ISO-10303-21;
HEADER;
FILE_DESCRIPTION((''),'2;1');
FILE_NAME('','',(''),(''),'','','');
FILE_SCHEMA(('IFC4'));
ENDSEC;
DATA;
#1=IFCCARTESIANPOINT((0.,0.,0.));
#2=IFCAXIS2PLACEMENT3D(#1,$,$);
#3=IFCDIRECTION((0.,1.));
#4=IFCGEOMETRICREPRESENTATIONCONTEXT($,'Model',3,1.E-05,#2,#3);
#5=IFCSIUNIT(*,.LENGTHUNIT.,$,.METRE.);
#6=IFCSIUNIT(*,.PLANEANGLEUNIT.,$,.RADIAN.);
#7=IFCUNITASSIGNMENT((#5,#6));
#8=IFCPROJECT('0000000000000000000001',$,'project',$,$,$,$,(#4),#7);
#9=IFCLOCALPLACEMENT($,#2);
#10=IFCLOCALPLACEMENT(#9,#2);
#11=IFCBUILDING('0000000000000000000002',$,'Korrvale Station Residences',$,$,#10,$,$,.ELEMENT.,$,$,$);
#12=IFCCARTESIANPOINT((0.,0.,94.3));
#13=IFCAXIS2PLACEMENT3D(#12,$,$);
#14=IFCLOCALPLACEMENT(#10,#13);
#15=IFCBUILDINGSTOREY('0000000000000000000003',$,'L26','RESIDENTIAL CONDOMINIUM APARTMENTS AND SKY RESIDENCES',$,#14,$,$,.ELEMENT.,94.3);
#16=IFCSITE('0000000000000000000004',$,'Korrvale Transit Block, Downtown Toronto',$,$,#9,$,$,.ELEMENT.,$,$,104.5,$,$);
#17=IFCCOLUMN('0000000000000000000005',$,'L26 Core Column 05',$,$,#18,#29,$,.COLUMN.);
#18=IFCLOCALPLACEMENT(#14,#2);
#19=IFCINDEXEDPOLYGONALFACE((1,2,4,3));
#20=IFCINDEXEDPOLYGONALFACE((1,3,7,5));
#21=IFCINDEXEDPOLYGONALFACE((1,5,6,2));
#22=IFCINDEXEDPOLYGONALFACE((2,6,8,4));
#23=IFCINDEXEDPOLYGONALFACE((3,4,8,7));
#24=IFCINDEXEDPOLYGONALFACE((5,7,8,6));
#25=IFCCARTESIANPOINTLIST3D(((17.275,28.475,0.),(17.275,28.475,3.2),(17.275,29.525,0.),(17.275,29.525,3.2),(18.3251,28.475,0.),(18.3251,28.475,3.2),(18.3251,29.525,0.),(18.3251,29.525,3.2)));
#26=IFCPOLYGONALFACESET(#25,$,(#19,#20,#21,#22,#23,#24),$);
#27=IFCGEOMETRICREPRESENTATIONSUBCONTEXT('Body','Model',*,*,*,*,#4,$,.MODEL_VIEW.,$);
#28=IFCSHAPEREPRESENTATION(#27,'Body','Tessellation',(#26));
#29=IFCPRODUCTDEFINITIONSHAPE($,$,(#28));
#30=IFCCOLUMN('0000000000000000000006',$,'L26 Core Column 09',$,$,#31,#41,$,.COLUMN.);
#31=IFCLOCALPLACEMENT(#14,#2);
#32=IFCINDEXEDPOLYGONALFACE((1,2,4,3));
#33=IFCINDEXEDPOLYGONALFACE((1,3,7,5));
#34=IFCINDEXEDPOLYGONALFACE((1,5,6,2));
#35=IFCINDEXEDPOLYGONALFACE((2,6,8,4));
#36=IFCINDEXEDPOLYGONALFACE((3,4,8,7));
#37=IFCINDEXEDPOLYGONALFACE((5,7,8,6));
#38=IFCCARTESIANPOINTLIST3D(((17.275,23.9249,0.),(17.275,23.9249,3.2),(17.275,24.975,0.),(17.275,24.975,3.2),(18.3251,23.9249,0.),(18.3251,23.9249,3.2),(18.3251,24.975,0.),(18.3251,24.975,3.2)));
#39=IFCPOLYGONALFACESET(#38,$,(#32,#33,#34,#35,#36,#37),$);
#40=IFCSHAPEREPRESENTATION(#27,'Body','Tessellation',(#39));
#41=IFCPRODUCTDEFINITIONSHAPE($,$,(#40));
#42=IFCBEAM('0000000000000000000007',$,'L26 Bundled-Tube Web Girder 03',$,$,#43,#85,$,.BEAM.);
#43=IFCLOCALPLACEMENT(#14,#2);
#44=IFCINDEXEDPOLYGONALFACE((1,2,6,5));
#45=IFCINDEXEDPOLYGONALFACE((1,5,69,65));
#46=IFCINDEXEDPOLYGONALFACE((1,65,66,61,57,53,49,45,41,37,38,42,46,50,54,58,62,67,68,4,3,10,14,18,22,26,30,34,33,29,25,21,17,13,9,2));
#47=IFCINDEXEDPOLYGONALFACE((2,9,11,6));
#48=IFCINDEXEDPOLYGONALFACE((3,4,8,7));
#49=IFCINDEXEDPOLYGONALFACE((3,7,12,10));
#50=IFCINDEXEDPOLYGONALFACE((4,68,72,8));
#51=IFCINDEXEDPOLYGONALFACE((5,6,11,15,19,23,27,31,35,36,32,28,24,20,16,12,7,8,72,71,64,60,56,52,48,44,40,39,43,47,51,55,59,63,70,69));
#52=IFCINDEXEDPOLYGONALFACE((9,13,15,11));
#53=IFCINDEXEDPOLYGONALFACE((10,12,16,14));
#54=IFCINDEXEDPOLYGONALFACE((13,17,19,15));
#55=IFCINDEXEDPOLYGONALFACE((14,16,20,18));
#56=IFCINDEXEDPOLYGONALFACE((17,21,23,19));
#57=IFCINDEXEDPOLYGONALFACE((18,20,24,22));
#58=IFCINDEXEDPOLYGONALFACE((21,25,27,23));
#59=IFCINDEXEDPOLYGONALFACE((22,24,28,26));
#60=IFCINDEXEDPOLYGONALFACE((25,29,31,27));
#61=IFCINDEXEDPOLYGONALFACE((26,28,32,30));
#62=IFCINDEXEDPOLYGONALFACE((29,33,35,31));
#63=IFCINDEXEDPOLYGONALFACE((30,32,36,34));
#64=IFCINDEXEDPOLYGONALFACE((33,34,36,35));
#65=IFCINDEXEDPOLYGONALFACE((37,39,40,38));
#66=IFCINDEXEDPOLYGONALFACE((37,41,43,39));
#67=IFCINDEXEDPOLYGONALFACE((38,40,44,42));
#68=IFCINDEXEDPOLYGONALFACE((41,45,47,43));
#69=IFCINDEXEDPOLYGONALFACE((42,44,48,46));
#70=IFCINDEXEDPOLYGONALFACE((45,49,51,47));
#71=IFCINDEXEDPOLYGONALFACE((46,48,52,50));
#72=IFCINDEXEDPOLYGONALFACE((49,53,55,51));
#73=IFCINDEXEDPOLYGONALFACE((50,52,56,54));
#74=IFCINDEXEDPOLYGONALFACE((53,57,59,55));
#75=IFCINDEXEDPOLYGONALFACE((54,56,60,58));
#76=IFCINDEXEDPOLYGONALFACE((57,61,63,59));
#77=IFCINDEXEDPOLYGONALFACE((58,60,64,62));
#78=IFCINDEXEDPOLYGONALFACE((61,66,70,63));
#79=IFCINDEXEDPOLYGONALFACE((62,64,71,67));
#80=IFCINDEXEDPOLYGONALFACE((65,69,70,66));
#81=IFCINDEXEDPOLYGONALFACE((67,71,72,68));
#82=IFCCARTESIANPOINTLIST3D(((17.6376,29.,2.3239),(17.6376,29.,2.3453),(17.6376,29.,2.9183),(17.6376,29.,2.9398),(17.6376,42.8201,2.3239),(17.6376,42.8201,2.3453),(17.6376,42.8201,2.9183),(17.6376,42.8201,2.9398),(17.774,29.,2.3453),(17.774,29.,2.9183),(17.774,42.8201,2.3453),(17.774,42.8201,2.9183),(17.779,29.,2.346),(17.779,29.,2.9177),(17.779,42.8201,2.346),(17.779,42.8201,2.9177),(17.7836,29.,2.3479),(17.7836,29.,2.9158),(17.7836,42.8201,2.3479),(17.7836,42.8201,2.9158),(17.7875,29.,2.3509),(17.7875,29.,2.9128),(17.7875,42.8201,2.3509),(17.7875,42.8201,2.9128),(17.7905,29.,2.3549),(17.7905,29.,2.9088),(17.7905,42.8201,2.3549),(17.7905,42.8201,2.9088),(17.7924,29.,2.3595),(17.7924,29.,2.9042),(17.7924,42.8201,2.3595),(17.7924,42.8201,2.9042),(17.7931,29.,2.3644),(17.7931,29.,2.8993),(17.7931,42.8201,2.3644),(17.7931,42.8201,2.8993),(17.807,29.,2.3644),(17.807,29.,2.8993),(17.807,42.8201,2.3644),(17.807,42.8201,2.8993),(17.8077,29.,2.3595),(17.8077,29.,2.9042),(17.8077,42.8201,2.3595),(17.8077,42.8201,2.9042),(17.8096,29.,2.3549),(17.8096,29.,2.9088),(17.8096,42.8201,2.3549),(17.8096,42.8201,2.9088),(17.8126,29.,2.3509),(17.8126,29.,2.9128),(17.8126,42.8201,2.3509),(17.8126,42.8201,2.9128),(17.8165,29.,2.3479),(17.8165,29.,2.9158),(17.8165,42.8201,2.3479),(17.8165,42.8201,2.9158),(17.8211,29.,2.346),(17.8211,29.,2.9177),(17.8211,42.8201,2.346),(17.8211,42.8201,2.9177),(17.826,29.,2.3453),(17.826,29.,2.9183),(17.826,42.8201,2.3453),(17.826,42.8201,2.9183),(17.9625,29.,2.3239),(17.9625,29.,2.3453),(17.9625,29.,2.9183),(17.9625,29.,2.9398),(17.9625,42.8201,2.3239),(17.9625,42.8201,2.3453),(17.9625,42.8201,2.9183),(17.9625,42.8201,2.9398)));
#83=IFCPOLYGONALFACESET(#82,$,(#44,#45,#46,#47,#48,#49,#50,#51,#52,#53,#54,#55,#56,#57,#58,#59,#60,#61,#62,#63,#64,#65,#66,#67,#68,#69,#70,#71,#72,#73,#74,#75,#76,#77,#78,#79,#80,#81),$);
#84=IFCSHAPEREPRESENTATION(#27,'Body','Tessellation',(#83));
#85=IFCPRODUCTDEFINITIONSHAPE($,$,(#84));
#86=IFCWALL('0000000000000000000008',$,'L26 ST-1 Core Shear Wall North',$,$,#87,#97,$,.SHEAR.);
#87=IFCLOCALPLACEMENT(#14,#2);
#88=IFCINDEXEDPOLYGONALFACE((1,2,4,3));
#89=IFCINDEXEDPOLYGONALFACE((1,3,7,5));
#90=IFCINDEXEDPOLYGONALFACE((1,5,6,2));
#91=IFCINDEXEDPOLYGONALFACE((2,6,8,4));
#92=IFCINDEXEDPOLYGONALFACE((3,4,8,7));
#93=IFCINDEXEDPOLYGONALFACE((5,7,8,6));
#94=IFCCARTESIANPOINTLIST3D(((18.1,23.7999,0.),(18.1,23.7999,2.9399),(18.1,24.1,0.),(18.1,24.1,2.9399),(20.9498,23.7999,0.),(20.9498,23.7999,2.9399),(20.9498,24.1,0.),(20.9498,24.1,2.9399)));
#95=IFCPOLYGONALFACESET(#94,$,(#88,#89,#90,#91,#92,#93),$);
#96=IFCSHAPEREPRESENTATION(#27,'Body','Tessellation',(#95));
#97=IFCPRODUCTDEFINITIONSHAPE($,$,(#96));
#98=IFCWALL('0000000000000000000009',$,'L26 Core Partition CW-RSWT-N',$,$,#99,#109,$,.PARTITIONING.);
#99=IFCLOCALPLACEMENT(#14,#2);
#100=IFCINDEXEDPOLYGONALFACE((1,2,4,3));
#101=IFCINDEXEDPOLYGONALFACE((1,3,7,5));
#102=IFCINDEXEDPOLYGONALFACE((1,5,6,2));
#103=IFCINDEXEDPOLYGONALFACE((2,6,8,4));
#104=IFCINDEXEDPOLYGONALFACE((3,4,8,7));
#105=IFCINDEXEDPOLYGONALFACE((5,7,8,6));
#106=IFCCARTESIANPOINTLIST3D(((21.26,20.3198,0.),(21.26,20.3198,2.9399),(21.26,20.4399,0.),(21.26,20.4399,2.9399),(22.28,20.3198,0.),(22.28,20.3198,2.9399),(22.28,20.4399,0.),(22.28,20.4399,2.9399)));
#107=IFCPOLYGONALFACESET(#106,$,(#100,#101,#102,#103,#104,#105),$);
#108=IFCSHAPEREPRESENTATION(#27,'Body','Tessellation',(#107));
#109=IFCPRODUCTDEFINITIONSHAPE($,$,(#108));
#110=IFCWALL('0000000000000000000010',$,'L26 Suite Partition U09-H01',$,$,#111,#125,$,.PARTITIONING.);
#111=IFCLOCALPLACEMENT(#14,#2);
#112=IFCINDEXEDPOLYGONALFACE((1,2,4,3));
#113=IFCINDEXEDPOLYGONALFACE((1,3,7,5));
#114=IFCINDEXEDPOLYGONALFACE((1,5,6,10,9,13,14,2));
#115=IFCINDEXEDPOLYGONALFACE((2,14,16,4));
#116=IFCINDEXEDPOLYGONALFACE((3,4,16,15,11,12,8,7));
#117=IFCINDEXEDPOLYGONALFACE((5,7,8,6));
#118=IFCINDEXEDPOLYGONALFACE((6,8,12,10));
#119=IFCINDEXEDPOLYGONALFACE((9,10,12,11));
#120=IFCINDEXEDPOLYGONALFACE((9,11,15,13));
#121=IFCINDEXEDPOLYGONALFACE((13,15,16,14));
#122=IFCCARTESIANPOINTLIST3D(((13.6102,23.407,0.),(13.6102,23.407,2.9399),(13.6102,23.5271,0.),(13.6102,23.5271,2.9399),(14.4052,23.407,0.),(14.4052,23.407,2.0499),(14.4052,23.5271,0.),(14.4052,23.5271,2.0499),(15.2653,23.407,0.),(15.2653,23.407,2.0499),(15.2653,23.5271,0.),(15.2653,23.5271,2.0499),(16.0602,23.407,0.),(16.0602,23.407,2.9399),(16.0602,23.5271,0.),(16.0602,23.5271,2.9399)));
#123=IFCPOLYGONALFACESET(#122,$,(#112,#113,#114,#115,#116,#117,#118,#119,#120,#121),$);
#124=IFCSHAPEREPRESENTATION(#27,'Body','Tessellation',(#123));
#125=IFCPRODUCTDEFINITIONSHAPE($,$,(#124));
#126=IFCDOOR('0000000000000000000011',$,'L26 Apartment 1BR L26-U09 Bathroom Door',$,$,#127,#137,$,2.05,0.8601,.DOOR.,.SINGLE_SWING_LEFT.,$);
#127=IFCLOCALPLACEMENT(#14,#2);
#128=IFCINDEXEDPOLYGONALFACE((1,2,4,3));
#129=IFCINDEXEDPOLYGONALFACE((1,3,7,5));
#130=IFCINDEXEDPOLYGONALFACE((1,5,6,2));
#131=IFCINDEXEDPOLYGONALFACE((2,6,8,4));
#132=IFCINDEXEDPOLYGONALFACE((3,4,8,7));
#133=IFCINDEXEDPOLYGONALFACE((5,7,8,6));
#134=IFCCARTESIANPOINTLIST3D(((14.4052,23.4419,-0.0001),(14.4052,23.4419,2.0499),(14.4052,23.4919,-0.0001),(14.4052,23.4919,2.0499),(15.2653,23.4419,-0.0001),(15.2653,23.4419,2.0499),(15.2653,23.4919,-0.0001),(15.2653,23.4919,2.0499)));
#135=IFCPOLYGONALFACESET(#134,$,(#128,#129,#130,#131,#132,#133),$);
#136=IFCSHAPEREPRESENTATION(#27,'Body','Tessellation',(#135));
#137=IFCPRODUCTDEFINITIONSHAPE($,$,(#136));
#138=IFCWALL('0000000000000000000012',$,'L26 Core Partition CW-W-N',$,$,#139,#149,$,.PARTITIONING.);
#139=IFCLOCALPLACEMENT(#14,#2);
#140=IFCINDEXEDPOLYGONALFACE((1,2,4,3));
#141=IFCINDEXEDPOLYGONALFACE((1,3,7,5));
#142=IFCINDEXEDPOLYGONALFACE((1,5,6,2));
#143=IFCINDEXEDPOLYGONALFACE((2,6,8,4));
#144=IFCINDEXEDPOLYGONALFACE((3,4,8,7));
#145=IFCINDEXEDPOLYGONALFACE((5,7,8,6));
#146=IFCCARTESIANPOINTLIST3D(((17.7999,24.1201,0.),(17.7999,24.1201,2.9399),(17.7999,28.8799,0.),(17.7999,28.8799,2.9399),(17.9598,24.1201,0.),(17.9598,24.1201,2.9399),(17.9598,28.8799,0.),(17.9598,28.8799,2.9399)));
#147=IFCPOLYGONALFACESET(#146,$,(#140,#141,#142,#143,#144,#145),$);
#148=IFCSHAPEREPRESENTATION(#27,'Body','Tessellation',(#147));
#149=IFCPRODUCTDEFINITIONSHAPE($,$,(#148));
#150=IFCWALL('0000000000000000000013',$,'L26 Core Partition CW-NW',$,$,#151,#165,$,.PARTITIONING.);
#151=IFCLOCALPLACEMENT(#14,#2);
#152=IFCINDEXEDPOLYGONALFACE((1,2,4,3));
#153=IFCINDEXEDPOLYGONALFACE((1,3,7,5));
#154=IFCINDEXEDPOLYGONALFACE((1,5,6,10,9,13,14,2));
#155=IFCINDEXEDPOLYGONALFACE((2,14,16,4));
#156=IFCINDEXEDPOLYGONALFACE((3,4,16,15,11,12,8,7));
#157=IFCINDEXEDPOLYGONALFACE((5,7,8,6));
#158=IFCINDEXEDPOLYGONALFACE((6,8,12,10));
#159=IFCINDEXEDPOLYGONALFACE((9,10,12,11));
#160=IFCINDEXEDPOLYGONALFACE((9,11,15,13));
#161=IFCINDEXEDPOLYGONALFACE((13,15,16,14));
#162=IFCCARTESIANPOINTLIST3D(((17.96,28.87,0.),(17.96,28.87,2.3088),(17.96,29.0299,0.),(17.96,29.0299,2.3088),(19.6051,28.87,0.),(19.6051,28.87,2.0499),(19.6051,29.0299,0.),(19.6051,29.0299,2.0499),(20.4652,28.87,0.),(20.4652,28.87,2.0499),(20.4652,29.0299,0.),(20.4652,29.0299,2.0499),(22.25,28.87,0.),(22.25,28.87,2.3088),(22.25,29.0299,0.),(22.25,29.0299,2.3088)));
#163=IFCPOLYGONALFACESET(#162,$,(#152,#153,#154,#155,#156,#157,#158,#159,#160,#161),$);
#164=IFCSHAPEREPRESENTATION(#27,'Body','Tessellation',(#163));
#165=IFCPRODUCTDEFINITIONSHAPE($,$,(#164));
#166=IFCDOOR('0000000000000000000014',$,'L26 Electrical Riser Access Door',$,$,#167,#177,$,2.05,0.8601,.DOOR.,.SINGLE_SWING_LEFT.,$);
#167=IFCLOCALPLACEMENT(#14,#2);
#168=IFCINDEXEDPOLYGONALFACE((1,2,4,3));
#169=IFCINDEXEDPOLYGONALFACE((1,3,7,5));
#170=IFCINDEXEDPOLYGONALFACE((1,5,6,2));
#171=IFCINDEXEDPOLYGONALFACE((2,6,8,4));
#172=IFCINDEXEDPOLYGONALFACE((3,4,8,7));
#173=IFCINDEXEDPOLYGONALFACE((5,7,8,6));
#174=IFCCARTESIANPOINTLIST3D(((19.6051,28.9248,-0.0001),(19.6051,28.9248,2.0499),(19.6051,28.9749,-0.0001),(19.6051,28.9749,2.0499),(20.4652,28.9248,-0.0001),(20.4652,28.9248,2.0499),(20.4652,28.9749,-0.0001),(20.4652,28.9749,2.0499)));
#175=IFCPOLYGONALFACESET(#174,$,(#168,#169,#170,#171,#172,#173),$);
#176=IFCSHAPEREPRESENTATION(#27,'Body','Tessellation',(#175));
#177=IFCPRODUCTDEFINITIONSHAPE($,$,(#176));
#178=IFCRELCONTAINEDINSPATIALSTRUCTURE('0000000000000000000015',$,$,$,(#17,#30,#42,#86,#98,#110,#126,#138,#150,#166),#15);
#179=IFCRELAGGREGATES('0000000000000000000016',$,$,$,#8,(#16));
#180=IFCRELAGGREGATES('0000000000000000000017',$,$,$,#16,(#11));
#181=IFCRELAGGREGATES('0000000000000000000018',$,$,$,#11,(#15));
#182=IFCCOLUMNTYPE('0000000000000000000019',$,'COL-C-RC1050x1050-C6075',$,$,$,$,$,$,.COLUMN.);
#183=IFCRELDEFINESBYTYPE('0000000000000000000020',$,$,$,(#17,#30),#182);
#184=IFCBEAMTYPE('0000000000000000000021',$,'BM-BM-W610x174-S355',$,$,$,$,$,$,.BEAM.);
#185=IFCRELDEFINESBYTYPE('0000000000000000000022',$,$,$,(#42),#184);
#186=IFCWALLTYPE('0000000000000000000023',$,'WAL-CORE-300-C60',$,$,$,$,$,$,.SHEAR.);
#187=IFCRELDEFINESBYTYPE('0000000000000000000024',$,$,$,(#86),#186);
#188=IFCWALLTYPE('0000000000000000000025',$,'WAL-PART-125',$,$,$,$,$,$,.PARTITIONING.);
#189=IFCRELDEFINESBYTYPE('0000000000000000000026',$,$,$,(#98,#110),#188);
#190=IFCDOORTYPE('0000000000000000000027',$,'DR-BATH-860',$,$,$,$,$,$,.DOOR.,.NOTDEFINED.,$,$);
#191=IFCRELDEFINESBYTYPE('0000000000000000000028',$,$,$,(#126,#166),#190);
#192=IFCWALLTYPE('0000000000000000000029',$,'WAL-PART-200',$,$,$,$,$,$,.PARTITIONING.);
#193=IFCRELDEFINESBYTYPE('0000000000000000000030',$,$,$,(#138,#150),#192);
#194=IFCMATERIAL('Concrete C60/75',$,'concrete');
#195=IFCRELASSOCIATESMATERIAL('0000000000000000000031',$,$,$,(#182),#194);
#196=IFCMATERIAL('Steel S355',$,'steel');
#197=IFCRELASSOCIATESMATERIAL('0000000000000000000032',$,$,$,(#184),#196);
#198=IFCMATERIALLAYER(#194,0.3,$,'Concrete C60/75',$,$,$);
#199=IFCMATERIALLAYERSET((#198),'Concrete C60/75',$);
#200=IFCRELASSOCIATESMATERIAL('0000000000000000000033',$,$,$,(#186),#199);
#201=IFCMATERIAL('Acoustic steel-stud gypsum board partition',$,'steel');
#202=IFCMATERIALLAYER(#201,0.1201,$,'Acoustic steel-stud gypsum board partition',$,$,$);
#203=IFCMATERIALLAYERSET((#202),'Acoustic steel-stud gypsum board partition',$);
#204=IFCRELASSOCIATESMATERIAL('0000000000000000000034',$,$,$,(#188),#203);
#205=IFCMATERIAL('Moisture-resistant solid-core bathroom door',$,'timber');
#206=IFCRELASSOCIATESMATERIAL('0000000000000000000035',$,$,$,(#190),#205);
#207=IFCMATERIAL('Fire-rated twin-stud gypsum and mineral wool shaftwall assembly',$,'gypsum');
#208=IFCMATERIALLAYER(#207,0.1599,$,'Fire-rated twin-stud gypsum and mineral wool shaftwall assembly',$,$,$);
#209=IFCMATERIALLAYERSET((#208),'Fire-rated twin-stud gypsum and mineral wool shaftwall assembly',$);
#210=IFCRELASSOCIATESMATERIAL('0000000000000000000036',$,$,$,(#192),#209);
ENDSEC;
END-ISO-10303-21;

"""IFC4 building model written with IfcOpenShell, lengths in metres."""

from ifc_helpers import new_model, si_unit, direction, frame, frame_2d, origin, origin_2d, place, context, subcontext, project, spatial, rectangle, i_section, extrude, material, layer, layer_set, material_profile, profile_set, type_object, element, fill, save


model = new_model("IFC4")

# Units and contexts
model_context = context("Model", 3, precision=1e-05, world=origin(), true_north=direction((0.0, 1.0)))
body_context = subcontext(model_context, "Body", "Model", "MODEL_VIEW")
ifc_project = project(units=[si_unit("LENGTHUNIT", "METRE"), si_unit("PLANEANGLEUNIT", "RADIAN")], contexts=[model_context])

# Site, building, storey
site_placement = place(None, origin())
site = spatial("IfcSite", under=ifc_project, at=site_placement, Name="Korrvale Transit Block, Downtown Toronto", CompositionType="ELEMENT", RefElevation=104.5)
building_placement = place(site_placement, origin())
building = spatial("IfcBuilding", under=site, at=building_placement, Name="Korrvale Station Residences", CompositionType="ELEMENT")
storey_placement = place(building_placement, frame((0.0, 0.0, 94.3)))
storey = spatial("IfcBuildingStorey", under=building, at=storey_placement, Name="L26", Description="RESIDENTIAL CONDOMINIUM APARTMENTS AND SKY RESIDENCES", CompositionType="ELEMENT", Elevation=94.3)

# Columns
ifc_material_1 = material(Name="Concrete C60/75", Category="concrete")
ifc_material_profile_1 = material_profile(ifc_material_1, rectangle(XDim=1.05, YDim=1.05, at=origin_2d()), Name="RC1050x1050")
ifc_profile_set_1 = profile_set([ifc_material_profile_1], Name="Concrete C60/75")
column_type = type_object("IfcColumnType", Name="COL-C-RC1050x1050-C6075", PredefinedType="COLUMN", material=ifc_profile_set_1)
for number, where, z_axis, x_axis, name in (
    (1, (17.8, 29.0, 0.0), (0.0, 0.0, 1.0), (1.0, 0.0, 0.0), "L26 Core Column 05"),
    (2, (17.8, 24.45, 0.0), (0.0, 0.0, 1.0), (1.0, 0.0, 0.0), "L26 Core Column 09"),
):
    element("IfcColumn", number, at=place(storey_placement, frame(where, z_axis=z_axis, x_axis=x_axis)), inside=storey, type_object=column_type, Name=name, PredefinedType="COLUMN", context=body_context, shape_type="SweptSolid", body=[
        extrude(rectangle(XDim=1.05, YDim=1.05, at=origin_2d()), origin(), (0.0, 0.0, 1.0), 3.2),
    ])

# Beam
ifc_material_2 = material(Name="Steel S355", Category="steel")
ifc_material_profile_2 = material_profile(ifc_material_2, i_section(OverallWidth=0.325, OverallDepth=0.616, WebThickness=0.0139, FlangeThickness=0.0215, FilletRadius=0.019, at=origin_2d()), Name="W610x174")
ifc_profile_set_2 = profile_set([ifc_material_profile_2], Name="Steel S355")
beam_type = type_object("IfcBeamType", Name="BM-BM-W610x174-S355", PredefinedType="BEAM", material=ifc_profile_set_2)
beam_placement = place(storey_placement, frame((17.8, 29.0, 2.6318), z_axis=(0.0, 1.0, 0.0), x_axis=(-1.0, 0.0, 0.0)))
element("IfcBeam", 3, at=beam_placement, inside=storey, type_object=beam_type, Name="L26 Bundled-Tube Web Girder 03", PredefinedType="BEAM", context=body_context, shape_type="SweptSolid", body=[
    extrude(i_section(OverallWidth=0.325, OverallDepth=0.616, WebThickness=0.0139, FlangeThickness=0.0215, FilletRadius=0.019, at=origin_2d()), origin(), (0.0, 0.0, 1.0), 13.8201),
])

# Walls
ifc_layer_1 = layer(ifc_material_1, 0.3, Name="Concrete C60/75")
ifc_layer_set_1 = layer_set([ifc_layer_1], Name="Concrete C60/75")
wall_type_1 = type_object("IfcWallType", Name="WAL-CORE-300-C60", PredefinedType="SHEAR", material=ifc_layer_set_1)
wall_1_placement = place(storey_placement, frame((18.1001, 23.95, 0.0), z_axis=(0.0, 0.0, 1.0), x_axis=(1.0, 0.0, 0.0)))
element("IfcWall", 4, at=wall_1_placement, inside=storey, type_object=wall_type_1, Name="L26 ST-1 Core Shear Wall North", PredefinedType="SHEAR", context=body_context, shape_type="SweptSolid", body=[
    extrude(rectangle(XDim=2.8499, YDim=0.3, at=frame_2d((1.4248, 0.0))), origin(), (0.0, 0.0, 1.0), 2.9399),
])
ifc_material_3 = material(Name="Acoustic steel-stud gypsum board partition", Category="steel")
ifc_layer_2 = layer(ifc_material_3, 0.1201, Name="Acoustic steel-stud gypsum board partition")
ifc_layer_set_2 = layer_set([ifc_layer_2], Name="Acoustic steel-stud gypsum board partition")
wall_type_2 = type_object("IfcWallType", Name="WAL-PART-125", PredefinedType="PARTITIONING", material=ifc_layer_set_2)
wall_2_placement = place(storey_placement, frame((22.28, 20.3799, 0.0), z_axis=(0.0, 0.0, 1.0), x_axis=(-1.0, 0.0, 0.0)))
element("IfcWall", 5, at=wall_2_placement, inside=storey, type_object=wall_type_2, Name="L26 Core Partition CW-RSWT-N", PredefinedType="PARTITIONING", context=body_context, shape_type="SweptSolid", body=[
    extrude(rectangle(XDim=1.02, YDim=0.1201, at=frame_2d((0.51, 0.0))), origin(), (0.0, 0.0, 1.0), 2.9399),
])

# Wall, opening, door
wall_3_placement = place(storey_placement, frame((13.6101, 23.467, 0.0), z_axis=(0.0, 0.0, 1.0), x_axis=(1.0, 0.0, 0.0)))
wall_3 = element("IfcWall", 6, at=wall_3_placement, inside=storey, type_object=wall_type_2, Name="L26 Suite Partition U09-H01", PredefinedType="PARTITIONING", context=body_context, shape_type="SweptSolid", body=[
    extrude(rectangle(XDim=2.45, YDim=0.1201, at=frame_2d((1.2251, 0.0))), origin(), (0.0, 0.0, 1.0), 2.9399),
])
opening_1_placement = place(wall_3_placement, frame((0.7949, 0.0, 0.0)))
opening_1 = element("IfcOpeningElement", 7, at=opening_1_placement, cuts=wall_3, PredefinedType="OPENING", context=body_context, shape_type="SweptSolid", body=[
    extrude(rectangle(XDim=0.8601, YDim=2.05, at=frame_2d((0.4302, 1.0249))), frame((0.0, 0.0701, 0.0), z_axis=(0.0, -1.0, 0.0), x_axis=(1.0, 0.0, 0.0)), (0.0, 0.0, 1.0), 0.1401),
])
ifc_material_4 = material(Name="Moisture-resistant solid-core bathroom door", Category="timber")
door_type_1 = type_object("IfcDoorType", Name="DR-BATH-860", OperationType="NOTDEFINED", PredefinedType="DOOR", material=ifc_material_4)
door_1_placement = place(opening_1_placement, origin())
door_1 = element("IfcDoor", 8, at=door_1_placement, inside=storey, type_object=door_type_1, Name="L26 Apartment 1BR L26-U09 Bathroom Door", OperationType="SINGLE_SWING_LEFT", OverallHeight=2.05, OverallWidth=0.8601, PredefinedType="DOOR", context=body_context, shape_type="SweptSolid", body=[
    extrude(rectangle(XDim=0.8601, YDim=2.05, at=frame_2d((0.4302, 1.0249))), frame((0.0, 0.0249, 0.0), z_axis=(0.0, -1.0, 0.0), x_axis=(1.0, 0.0, 0.0)), (0.0, 0.0, 1.0), 0.05),
])
fill(opening_1, door_1)

# Wall
ifc_material_5 = material(Name="Fire-rated twin-stud gypsum and mineral wool shaftwall assembly", Category="gypsum")
ifc_layer_3 = layer(ifc_material_5, 0.1599, Name="Fire-rated twin-stud gypsum and mineral wool shaftwall assembly")
ifc_layer_set_3 = layer_set([ifc_layer_3], Name="Fire-rated twin-stud gypsum and mineral wool shaftwall assembly")
wall_type_3 = type_object("IfcWallType", Name="WAL-PART-200", PredefinedType="PARTITIONING", material=ifc_layer_set_3)
wall_4_placement = place(storey_placement, frame((17.8799, 24.1201, 0.0), z_axis=(0.0, 0.0, 1.0), x_axis=(0.0, 1.0, 0.0)))
element("IfcWall", 9, at=wall_4_placement, inside=storey, type_object=wall_type_3, Name="L26 Core Partition CW-W-N", PredefinedType="PARTITIONING", context=body_context, shape_type="SweptSolid", body=[
    extrude(rectangle(XDim=4.7598, YDim=0.1599, at=frame_2d((2.3799, 0.0))), origin(), (0.0, 0.0, 1.0), 2.9399),
])

# Wall, opening, door
wall_5_placement = place(storey_placement, frame((17.96, 28.95, 0.0), z_axis=(0.0, 0.0, 1.0), x_axis=(1.0, 0.0, 0.0)))
wall_5 = element("IfcWall", 10, at=wall_5_placement, inside=storey, type_object=wall_type_3, Name="L26 Core Partition CW-NW", PredefinedType="PARTITIONING", context=body_context, shape_type="SweptSolid", body=[
    extrude(rectangle(XDim=4.29, YDim=0.1599, at=frame_2d((2.145, 0.0))), origin(), (0.0, 0.0, 1.0), 2.3088),
])
opening_2_placement = place(wall_5_placement, frame((1.645, 0.0, 0.0)))
opening_2 = element("IfcOpeningElement", 11, at=opening_2_placement, cuts=wall_5, PredefinedType="OPENING", context=body_context, shape_type="SweptSolid", body=[
    extrude(rectangle(XDim=0.8601, YDim=2.05, at=frame_2d((0.4302, 1.0249))), frame((0.0, 0.0898, 0.0), z_axis=(0.0, -1.0, 0.0), x_axis=(1.0, 0.0, 0.0)), (0.0, 0.0, 1.0), 0.1799),
])
door_2_placement = place(opening_2_placement, origin())
door_2 = element("IfcDoor", 12, at=door_2_placement, inside=storey, type_object=door_type_1, Name="L26 Electrical Riser Access Door", OperationType="SINGLE_SWING_LEFT", OverallHeight=2.05, OverallWidth=0.8601, PredefinedType="DOOR", context=body_context, shape_type="SweptSolid", body=[
    extrude(rectangle(XDim=0.8601, YDim=2.05, at=frame_2d((0.4302, 1.0249))), frame((0.0, 0.0249, 0.0), z_axis=(0.0, -1.0, 0.0), x_axis=(1.0, 0.0, 0.0)), (0.0, 0.0, 1.0), 0.05),
])
fill(opening_2, door_2)

save(model, "model.ifc")
